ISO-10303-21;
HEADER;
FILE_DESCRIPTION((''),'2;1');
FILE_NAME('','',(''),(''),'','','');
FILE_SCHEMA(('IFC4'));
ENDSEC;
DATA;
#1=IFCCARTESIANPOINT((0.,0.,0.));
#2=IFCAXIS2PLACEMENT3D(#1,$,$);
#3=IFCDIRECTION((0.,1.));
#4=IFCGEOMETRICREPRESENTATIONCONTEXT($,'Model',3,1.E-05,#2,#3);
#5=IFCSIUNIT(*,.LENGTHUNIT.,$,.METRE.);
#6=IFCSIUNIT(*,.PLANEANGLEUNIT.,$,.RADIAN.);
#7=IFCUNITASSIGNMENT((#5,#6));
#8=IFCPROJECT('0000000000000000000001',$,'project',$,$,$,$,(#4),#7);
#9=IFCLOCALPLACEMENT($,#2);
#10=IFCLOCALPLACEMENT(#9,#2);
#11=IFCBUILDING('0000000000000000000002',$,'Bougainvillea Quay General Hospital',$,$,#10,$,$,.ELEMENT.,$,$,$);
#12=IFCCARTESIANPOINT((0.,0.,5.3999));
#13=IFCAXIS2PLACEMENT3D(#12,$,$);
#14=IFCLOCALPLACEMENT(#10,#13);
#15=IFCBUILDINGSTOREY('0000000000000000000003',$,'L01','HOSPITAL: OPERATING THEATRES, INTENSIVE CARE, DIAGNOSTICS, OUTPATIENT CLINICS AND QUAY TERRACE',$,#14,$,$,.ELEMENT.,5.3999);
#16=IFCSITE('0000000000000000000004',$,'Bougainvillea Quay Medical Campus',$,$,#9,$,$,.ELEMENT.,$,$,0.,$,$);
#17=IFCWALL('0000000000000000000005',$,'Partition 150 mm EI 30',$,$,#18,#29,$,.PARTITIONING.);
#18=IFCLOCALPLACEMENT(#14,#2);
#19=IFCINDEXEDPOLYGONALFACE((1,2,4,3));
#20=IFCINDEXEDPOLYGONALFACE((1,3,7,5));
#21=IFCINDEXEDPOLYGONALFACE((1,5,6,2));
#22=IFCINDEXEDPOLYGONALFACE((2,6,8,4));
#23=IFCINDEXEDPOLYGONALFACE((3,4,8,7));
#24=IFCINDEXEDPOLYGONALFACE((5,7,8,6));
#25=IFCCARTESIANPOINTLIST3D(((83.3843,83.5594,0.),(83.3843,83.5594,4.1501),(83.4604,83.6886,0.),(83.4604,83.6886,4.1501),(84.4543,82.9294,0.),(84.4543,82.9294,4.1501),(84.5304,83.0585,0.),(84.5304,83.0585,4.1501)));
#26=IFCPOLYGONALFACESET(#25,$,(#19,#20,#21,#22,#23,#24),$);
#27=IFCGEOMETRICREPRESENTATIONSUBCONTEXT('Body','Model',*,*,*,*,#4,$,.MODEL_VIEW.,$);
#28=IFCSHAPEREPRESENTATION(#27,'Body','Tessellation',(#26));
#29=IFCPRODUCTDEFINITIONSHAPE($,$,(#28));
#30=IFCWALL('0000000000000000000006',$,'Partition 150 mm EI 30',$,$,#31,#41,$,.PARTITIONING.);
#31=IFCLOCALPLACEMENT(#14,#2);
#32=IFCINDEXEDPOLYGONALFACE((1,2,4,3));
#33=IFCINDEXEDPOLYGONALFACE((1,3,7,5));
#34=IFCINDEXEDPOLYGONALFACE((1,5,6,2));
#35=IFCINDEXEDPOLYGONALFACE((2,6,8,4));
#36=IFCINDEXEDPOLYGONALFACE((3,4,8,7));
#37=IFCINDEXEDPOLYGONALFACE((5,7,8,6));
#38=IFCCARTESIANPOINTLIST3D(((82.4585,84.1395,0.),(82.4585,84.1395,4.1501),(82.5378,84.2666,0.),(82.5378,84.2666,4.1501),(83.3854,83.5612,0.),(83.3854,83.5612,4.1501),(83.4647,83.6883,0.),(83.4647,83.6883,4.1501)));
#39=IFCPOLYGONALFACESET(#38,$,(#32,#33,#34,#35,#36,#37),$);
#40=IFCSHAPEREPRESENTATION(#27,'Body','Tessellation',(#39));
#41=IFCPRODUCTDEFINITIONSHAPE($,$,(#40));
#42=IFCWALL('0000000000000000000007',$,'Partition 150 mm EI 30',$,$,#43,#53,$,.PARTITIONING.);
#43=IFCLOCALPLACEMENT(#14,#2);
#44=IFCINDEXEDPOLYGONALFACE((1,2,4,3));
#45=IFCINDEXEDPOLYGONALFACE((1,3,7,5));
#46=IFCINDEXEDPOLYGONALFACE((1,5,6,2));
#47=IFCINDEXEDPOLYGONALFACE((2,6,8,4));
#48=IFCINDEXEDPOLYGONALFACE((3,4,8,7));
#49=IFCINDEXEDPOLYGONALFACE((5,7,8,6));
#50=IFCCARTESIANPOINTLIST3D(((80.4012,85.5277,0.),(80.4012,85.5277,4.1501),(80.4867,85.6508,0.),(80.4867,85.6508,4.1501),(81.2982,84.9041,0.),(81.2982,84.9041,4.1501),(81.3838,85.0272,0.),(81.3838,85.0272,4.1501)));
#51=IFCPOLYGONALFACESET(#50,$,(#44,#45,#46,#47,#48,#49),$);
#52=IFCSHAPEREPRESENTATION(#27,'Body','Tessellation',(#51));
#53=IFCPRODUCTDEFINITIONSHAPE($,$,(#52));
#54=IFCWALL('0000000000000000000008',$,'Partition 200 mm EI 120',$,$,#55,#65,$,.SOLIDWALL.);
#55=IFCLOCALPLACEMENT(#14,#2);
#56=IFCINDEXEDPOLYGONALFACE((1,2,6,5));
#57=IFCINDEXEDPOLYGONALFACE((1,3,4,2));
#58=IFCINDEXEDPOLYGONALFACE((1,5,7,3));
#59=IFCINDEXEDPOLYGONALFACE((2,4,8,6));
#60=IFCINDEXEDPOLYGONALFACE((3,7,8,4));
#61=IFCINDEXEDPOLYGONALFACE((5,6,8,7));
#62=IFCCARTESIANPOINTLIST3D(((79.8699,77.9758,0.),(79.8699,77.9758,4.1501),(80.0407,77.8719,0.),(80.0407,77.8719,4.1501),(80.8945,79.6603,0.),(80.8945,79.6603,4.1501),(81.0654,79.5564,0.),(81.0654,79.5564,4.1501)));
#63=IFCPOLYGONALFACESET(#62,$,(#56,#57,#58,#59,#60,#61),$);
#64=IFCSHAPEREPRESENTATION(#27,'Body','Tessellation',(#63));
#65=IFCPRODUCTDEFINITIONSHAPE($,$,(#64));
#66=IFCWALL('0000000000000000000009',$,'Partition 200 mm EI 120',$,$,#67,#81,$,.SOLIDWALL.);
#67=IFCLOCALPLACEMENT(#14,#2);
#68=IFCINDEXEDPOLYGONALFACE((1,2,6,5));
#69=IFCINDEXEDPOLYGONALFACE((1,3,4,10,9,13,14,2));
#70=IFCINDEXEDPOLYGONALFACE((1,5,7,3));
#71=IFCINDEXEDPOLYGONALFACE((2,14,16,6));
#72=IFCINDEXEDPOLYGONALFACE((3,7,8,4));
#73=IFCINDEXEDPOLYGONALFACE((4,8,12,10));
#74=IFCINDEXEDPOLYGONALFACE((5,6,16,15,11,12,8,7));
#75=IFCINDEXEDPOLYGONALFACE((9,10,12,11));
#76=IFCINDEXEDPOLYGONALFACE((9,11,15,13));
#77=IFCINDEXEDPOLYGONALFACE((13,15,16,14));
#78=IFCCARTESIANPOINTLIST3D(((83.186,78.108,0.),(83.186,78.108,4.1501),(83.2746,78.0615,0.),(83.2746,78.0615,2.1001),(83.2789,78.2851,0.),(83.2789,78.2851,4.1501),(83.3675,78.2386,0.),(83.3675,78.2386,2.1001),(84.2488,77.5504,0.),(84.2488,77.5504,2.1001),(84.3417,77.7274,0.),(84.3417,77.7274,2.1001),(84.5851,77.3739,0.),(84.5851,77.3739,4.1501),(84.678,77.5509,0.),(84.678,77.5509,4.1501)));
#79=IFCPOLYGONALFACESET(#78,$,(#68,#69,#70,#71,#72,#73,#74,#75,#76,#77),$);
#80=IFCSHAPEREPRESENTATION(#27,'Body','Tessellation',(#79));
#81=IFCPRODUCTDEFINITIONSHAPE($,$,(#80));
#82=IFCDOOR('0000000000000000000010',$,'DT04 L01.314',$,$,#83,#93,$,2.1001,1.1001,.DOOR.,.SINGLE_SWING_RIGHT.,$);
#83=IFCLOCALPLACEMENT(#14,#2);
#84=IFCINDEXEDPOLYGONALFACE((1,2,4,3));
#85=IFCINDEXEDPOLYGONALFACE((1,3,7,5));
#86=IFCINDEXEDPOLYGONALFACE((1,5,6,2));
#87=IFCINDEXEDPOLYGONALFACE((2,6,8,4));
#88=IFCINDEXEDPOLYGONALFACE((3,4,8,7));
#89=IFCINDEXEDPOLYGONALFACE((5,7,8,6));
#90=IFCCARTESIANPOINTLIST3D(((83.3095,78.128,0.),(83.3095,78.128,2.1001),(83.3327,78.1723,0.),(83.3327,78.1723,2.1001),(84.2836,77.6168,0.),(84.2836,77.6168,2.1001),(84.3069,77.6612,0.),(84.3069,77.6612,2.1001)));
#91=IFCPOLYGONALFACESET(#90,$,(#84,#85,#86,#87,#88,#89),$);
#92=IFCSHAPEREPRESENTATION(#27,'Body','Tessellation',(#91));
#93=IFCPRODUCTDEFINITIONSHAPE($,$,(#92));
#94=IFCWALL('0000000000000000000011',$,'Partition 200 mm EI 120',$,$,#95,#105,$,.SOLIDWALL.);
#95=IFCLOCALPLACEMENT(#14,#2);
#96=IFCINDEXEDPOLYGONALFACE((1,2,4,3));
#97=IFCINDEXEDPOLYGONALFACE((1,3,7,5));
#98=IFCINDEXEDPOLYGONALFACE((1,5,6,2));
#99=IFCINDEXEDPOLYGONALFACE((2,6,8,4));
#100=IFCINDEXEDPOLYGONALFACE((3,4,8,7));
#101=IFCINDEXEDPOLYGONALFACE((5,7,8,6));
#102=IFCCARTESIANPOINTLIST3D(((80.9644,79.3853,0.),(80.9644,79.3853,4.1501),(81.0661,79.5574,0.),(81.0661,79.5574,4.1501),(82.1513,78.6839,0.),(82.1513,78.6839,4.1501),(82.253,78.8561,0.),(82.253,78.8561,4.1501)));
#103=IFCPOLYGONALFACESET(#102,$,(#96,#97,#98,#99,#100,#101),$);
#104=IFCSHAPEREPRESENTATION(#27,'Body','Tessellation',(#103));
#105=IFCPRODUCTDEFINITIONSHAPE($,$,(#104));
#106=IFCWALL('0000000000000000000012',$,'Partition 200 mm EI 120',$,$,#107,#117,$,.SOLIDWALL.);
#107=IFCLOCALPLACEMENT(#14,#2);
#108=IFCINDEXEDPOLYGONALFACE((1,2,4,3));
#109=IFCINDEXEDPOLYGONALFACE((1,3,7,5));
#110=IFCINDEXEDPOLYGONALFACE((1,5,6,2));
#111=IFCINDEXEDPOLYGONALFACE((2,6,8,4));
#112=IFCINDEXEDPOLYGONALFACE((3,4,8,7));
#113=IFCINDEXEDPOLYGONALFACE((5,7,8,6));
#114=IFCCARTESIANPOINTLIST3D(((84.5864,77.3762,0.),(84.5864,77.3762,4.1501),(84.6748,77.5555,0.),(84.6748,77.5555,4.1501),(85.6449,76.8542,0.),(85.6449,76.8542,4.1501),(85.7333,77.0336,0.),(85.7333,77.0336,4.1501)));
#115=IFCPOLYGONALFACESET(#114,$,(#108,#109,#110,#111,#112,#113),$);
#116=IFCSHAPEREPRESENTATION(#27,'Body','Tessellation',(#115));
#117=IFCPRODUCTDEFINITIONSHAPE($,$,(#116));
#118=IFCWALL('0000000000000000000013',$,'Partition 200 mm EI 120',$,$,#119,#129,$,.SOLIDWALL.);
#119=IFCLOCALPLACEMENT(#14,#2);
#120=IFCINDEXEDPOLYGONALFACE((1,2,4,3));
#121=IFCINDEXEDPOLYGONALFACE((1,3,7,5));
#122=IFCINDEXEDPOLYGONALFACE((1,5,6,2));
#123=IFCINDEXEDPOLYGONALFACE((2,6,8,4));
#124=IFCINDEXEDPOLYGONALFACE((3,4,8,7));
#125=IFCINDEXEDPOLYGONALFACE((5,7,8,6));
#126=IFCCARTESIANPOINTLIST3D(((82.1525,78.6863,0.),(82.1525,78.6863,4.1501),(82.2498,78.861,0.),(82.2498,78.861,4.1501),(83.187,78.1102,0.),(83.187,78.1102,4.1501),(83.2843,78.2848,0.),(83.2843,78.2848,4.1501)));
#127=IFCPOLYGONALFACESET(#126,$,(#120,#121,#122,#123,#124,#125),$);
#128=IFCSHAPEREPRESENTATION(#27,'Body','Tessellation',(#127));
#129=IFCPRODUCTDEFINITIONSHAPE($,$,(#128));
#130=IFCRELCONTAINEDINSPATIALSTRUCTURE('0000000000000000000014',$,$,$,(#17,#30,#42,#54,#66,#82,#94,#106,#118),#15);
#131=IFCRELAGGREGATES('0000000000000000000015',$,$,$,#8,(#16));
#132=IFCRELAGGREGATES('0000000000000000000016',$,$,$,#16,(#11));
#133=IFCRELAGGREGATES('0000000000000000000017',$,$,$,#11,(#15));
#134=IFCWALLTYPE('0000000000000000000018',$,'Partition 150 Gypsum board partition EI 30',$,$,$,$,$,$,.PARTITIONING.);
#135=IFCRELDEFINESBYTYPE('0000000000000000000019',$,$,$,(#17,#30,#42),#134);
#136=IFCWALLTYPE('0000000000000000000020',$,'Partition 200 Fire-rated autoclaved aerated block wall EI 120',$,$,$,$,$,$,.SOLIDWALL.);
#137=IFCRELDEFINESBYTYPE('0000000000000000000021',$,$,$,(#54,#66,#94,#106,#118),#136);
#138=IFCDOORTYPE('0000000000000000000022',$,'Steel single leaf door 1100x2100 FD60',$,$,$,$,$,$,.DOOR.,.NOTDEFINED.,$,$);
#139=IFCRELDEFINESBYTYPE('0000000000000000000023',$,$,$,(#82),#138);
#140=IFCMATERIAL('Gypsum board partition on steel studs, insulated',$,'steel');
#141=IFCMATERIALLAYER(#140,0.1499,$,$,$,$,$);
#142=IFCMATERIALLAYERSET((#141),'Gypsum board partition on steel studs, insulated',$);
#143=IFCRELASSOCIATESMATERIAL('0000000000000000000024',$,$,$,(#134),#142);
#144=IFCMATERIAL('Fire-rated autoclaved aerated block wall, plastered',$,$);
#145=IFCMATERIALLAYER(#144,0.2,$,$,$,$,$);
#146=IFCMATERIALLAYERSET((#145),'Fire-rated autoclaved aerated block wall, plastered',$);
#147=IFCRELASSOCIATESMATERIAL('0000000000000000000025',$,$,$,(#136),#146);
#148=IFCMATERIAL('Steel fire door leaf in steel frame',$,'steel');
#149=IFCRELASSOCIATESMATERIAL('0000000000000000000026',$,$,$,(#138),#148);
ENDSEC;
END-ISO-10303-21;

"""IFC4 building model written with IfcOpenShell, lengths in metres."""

from ifc_helpers import new_model, si_unit, direction, frame, frame_2d, origin, place, context, subcontext, project, spatial, rectangle, extrude, material, layer, layer_set, type_object, element, fill, save


model = new_model("IFC4")

# Units and contexts
model_context = context("Model", 3, precision=1e-05, world=origin(), true_north=direction((0.0, 1.0)))
body_context = subcontext(model_context, "Body", "Model", "MODEL_VIEW")
ifc_project = project(units=[si_unit("LENGTHUNIT", "METRE"), si_unit("PLANEANGLEUNIT", "RADIAN")], contexts=[model_context])

# Site, building, storey
site_placement = place(None, origin())
site = spatial("IfcSite", under=ifc_project, at=site_placement, Name="Bougainvillea Quay Medical Campus", CompositionType="ELEMENT", RefElevation=0.0)
building_placement = place(site_placement, origin())
building = spatial("IfcBuilding", under=site, at=building_placement, Name="Bougainvillea Quay General Hospital", CompositionType="ELEMENT")
storey_placement = place(building_placement, frame((0.0, 0.0, 5.3999)))
storey = spatial("IfcBuildingStorey", under=building, at=storey_placement, Name="L01", Description="HOSPITAL: OPERATING THEATRES, INTENSIVE CARE, DIAGNOSTICS, OUTPATIENT CLINICS AND QUAY TERRACE", CompositionType="ELEMENT", Elevation=5.3999)

# Shared definitions
ifc_material_1 = material(Name="Gypsum board partition on steel studs, insulated", Category="steel")
ifc_layer_1 = layer(ifc_material_1, 0.1499)
ifc_layer_set_1 = layer_set([ifc_layer_1], Name="Gypsum board partition on steel studs, insulated")
wall_type_1 = type_object("IfcWallType", Name="Partition 150 Gypsum board partition EI 30", PredefinedType="PARTITIONING", material=ifc_layer_set_1)

# Walls
wall_1_placement = place(storey_placement, frame((83.4224, 83.624, 0.0), z_axis=(0.0, 0.0, 1.0), x_axis=(0.861697, -0.507424, 0.0)))
element("IfcWall", 1, at=wall_1_placement, inside=storey, type_object=wall_type_1, Name="Partition 150 mm EI 30", PredefinedType="PARTITIONING", context=body_context, shape_type="SweptSolid", body=[
    extrude(rectangle(XDim=1.2417, YDim=0.1499, at=frame_2d((0.6208, 0.0))), origin(), (0.0, 0.0, 1.0), 4.1501),
])
for number, where, z_axis, x_axis, name in (
    (2, (82.498, 84.2031, 0.0), (0.0, 0.0, 1.0), (0.848412, -0.529336, 0.0), "Partition 150 mm EI 30"),
    (3, (80.4438, 85.5894, 0.0), (0.0, 0.0, 1.0), (0.821096, -0.570789, 0.0), "Partition 150 mm EI 30"),
):
    element("IfcWall", number, at=place(storey_placement, frame(where, z_axis=z_axis, x_axis=x_axis)), inside=storey, type_object=wall_type_1, Name=name, PredefinedType="PARTITIONING", context=body_context, shape_type="SweptSolid", body=[
        extrude(rectangle(XDim=1.0925, YDim=0.1499, at=frame_2d((0.5464, 0.0))), origin(), (0.0, 0.0, 1.0), 4.1501),
    ])
ifc_material_2 = material(Name="Fire-rated autoclaved aerated block wall, plastered")
ifc_layer_2 = layer(ifc_material_2, 0.2)
ifc_layer_set_2 = layer_set([ifc_layer_2], Name="Fire-rated autoclaved aerated block wall, plastered")
wall_type_2 = type_object("IfcWallType", Name="Partition 200 Fire-rated autoclaved aerated block wall EI 120", PredefinedType="SOLIDWALL", material=ifc_layer_set_2)
wall_2_placement = place(storey_placement, frame((79.9553, 77.9238, 0.0), z_axis=(0.0, 0.0, 1.0), x_axis=(0.519676, 0.854363, 0.0)))
element("IfcWall", 4, at=wall_2_placement, inside=storey, type_object=wall_type_2, Name="Partition 200 mm EI 120", PredefinedType="SOLIDWALL", context=body_context, shape_type="SweptSolid", body=[
    extrude(rectangle(XDim=1.9717, YDim=0.2, at=frame_2d((0.9858, 0.0))), origin(), (0.0, 0.0, 1.0), 4.1501),
])

# Wall, opening, door
wall_3_placement = place(storey_placement, frame((83.2324, 78.1965, 0.0), z_axis=(0.0, 0.0, 1.0), x_axis=(0.885511, -0.464619, 0.0)))
wall_3 = element("IfcWall", 5, at=wall_3_placement, inside=storey, type_object=wall_type_2, Name="Partition 200 mm EI 120", PredefinedType="SOLIDWALL", context=body_context, shape_type="SweptSolid", body=[
    extrude(rectangle(XDim=1.5801, YDim=0.2, at=frame_2d((0.79, 0.0))), origin(), (0.0, 0.0, 1.0), 4.1501),
])
opening_1_placement = place(wall_3_placement, frame((0.1001, 0.0, 0.0)))
opening_1 = element("IfcOpeningElement", 6, at=opening_1_placement, cuts=wall_3, PredefinedType="OPENING", context=body_context, shape_type="SweptSolid", body=[
    extrude(rectangle(XDim=1.1001, YDim=2.1001, at=frame_2d((0.55, 1.05))), frame((0.0, 0.1099, 0.0), z_axis=(0.0, -1.0, 0.0), x_axis=(1.0, 0.0, 0.0)), (0.0, 0.0, 1.0), 0.22),
])
ifc_material_3 = material(Name="Steel fire door leaf in steel frame", Category="steel")
door_type_1 = type_object("IfcDoorType", Name="Steel single leaf door 1100x2100 FD60", OperationType="NOTDEFINED", PredefinedType="DOOR", material=ifc_material_3)
door_1_placement = place(opening_1_placement, frame((1.1001, 0.0, 0.0), z_axis=(0.0, 0.0, 1.0), x_axis=(-1.0, 0.0, 0.0)))
door_1 = element("IfcDoor", 7, at=door_1_placement, inside=storey, type_object=door_type_1, Name="DT04 L01.314", OperationType="SINGLE_SWING_RIGHT", OverallHeight=2.1001, OverallWidth=1.1001, PredefinedType="DOOR", context=body_context, shape_type="SweptSolid", body=[
    extrude(rectangle(XDim=1.1001, YDim=2.1001, at=frame_2d((0.55, 1.05))), frame((0.0, 0.0249, 0.0), z_axis=(0.0, -1.0, 0.0), x_axis=(1.0, 0.0, 0.0)), (0.0, 0.0, 1.0), 0.05),
])
fill(opening_1, door_1)

# Walls
wall_4_placement = place(storey_placement, frame((81.0151, 79.4714, 0.0), z_axis=(0.0, 0.0, 1.0), x_axis=(0.860927, -0.508729, 0.0)))
element("IfcWall", 8, at=wall_4_placement, inside=storey, type_object=wall_type_2, Name="Partition 200 mm EI 120", PredefinedType="SOLIDWALL", context=body_context, shape_type="SweptSolid", body=[
    extrude(rectangle(XDim=1.3787, YDim=0.2, at=frame_2d((0.6895, 0.0))), origin(), (0.0, 0.0, 1.0), 4.1501),
])
wall_5_placement = place(storey_placement, frame((84.6306, 77.4658, 0.0), z_axis=(0.0, 0.0, 1.0), x_axis=(0.896896, -0.442242, 0.0)))
element("IfcWall", 9, at=wall_5_placement, inside=storey, type_object=wall_type_2, Name="Partition 200 mm EI 120", PredefinedType="SOLIDWALL", context=body_context, shape_type="SweptSolid", body=[
    extrude(rectangle(XDim=1.1802, YDim=0.2, at=frame_2d((0.5901, 0.0))), origin(), (0.0, 0.0, 1.0), 4.1501),
])
wall_6_placement = place(storey_placement, frame((82.2012, 78.7737, 0.0), z_axis=(0.0, 0.0, 1.0), x_axis=(0.873622, -0.486605, 0.0)))
element("IfcWall", 10, at=wall_6_placement, inside=storey, type_object=wall_type_2, Name="Partition 200 mm EI 120", PredefinedType="SOLIDWALL", context=body_context, shape_type="SweptSolid", body=[
    extrude(rectangle(XDim=1.1841, YDim=0.2, at=frame_2d((0.592, 0.0))), origin(), (0.0, 0.0, 1.0), 4.1501),
])

save(model, "model.ifc")
